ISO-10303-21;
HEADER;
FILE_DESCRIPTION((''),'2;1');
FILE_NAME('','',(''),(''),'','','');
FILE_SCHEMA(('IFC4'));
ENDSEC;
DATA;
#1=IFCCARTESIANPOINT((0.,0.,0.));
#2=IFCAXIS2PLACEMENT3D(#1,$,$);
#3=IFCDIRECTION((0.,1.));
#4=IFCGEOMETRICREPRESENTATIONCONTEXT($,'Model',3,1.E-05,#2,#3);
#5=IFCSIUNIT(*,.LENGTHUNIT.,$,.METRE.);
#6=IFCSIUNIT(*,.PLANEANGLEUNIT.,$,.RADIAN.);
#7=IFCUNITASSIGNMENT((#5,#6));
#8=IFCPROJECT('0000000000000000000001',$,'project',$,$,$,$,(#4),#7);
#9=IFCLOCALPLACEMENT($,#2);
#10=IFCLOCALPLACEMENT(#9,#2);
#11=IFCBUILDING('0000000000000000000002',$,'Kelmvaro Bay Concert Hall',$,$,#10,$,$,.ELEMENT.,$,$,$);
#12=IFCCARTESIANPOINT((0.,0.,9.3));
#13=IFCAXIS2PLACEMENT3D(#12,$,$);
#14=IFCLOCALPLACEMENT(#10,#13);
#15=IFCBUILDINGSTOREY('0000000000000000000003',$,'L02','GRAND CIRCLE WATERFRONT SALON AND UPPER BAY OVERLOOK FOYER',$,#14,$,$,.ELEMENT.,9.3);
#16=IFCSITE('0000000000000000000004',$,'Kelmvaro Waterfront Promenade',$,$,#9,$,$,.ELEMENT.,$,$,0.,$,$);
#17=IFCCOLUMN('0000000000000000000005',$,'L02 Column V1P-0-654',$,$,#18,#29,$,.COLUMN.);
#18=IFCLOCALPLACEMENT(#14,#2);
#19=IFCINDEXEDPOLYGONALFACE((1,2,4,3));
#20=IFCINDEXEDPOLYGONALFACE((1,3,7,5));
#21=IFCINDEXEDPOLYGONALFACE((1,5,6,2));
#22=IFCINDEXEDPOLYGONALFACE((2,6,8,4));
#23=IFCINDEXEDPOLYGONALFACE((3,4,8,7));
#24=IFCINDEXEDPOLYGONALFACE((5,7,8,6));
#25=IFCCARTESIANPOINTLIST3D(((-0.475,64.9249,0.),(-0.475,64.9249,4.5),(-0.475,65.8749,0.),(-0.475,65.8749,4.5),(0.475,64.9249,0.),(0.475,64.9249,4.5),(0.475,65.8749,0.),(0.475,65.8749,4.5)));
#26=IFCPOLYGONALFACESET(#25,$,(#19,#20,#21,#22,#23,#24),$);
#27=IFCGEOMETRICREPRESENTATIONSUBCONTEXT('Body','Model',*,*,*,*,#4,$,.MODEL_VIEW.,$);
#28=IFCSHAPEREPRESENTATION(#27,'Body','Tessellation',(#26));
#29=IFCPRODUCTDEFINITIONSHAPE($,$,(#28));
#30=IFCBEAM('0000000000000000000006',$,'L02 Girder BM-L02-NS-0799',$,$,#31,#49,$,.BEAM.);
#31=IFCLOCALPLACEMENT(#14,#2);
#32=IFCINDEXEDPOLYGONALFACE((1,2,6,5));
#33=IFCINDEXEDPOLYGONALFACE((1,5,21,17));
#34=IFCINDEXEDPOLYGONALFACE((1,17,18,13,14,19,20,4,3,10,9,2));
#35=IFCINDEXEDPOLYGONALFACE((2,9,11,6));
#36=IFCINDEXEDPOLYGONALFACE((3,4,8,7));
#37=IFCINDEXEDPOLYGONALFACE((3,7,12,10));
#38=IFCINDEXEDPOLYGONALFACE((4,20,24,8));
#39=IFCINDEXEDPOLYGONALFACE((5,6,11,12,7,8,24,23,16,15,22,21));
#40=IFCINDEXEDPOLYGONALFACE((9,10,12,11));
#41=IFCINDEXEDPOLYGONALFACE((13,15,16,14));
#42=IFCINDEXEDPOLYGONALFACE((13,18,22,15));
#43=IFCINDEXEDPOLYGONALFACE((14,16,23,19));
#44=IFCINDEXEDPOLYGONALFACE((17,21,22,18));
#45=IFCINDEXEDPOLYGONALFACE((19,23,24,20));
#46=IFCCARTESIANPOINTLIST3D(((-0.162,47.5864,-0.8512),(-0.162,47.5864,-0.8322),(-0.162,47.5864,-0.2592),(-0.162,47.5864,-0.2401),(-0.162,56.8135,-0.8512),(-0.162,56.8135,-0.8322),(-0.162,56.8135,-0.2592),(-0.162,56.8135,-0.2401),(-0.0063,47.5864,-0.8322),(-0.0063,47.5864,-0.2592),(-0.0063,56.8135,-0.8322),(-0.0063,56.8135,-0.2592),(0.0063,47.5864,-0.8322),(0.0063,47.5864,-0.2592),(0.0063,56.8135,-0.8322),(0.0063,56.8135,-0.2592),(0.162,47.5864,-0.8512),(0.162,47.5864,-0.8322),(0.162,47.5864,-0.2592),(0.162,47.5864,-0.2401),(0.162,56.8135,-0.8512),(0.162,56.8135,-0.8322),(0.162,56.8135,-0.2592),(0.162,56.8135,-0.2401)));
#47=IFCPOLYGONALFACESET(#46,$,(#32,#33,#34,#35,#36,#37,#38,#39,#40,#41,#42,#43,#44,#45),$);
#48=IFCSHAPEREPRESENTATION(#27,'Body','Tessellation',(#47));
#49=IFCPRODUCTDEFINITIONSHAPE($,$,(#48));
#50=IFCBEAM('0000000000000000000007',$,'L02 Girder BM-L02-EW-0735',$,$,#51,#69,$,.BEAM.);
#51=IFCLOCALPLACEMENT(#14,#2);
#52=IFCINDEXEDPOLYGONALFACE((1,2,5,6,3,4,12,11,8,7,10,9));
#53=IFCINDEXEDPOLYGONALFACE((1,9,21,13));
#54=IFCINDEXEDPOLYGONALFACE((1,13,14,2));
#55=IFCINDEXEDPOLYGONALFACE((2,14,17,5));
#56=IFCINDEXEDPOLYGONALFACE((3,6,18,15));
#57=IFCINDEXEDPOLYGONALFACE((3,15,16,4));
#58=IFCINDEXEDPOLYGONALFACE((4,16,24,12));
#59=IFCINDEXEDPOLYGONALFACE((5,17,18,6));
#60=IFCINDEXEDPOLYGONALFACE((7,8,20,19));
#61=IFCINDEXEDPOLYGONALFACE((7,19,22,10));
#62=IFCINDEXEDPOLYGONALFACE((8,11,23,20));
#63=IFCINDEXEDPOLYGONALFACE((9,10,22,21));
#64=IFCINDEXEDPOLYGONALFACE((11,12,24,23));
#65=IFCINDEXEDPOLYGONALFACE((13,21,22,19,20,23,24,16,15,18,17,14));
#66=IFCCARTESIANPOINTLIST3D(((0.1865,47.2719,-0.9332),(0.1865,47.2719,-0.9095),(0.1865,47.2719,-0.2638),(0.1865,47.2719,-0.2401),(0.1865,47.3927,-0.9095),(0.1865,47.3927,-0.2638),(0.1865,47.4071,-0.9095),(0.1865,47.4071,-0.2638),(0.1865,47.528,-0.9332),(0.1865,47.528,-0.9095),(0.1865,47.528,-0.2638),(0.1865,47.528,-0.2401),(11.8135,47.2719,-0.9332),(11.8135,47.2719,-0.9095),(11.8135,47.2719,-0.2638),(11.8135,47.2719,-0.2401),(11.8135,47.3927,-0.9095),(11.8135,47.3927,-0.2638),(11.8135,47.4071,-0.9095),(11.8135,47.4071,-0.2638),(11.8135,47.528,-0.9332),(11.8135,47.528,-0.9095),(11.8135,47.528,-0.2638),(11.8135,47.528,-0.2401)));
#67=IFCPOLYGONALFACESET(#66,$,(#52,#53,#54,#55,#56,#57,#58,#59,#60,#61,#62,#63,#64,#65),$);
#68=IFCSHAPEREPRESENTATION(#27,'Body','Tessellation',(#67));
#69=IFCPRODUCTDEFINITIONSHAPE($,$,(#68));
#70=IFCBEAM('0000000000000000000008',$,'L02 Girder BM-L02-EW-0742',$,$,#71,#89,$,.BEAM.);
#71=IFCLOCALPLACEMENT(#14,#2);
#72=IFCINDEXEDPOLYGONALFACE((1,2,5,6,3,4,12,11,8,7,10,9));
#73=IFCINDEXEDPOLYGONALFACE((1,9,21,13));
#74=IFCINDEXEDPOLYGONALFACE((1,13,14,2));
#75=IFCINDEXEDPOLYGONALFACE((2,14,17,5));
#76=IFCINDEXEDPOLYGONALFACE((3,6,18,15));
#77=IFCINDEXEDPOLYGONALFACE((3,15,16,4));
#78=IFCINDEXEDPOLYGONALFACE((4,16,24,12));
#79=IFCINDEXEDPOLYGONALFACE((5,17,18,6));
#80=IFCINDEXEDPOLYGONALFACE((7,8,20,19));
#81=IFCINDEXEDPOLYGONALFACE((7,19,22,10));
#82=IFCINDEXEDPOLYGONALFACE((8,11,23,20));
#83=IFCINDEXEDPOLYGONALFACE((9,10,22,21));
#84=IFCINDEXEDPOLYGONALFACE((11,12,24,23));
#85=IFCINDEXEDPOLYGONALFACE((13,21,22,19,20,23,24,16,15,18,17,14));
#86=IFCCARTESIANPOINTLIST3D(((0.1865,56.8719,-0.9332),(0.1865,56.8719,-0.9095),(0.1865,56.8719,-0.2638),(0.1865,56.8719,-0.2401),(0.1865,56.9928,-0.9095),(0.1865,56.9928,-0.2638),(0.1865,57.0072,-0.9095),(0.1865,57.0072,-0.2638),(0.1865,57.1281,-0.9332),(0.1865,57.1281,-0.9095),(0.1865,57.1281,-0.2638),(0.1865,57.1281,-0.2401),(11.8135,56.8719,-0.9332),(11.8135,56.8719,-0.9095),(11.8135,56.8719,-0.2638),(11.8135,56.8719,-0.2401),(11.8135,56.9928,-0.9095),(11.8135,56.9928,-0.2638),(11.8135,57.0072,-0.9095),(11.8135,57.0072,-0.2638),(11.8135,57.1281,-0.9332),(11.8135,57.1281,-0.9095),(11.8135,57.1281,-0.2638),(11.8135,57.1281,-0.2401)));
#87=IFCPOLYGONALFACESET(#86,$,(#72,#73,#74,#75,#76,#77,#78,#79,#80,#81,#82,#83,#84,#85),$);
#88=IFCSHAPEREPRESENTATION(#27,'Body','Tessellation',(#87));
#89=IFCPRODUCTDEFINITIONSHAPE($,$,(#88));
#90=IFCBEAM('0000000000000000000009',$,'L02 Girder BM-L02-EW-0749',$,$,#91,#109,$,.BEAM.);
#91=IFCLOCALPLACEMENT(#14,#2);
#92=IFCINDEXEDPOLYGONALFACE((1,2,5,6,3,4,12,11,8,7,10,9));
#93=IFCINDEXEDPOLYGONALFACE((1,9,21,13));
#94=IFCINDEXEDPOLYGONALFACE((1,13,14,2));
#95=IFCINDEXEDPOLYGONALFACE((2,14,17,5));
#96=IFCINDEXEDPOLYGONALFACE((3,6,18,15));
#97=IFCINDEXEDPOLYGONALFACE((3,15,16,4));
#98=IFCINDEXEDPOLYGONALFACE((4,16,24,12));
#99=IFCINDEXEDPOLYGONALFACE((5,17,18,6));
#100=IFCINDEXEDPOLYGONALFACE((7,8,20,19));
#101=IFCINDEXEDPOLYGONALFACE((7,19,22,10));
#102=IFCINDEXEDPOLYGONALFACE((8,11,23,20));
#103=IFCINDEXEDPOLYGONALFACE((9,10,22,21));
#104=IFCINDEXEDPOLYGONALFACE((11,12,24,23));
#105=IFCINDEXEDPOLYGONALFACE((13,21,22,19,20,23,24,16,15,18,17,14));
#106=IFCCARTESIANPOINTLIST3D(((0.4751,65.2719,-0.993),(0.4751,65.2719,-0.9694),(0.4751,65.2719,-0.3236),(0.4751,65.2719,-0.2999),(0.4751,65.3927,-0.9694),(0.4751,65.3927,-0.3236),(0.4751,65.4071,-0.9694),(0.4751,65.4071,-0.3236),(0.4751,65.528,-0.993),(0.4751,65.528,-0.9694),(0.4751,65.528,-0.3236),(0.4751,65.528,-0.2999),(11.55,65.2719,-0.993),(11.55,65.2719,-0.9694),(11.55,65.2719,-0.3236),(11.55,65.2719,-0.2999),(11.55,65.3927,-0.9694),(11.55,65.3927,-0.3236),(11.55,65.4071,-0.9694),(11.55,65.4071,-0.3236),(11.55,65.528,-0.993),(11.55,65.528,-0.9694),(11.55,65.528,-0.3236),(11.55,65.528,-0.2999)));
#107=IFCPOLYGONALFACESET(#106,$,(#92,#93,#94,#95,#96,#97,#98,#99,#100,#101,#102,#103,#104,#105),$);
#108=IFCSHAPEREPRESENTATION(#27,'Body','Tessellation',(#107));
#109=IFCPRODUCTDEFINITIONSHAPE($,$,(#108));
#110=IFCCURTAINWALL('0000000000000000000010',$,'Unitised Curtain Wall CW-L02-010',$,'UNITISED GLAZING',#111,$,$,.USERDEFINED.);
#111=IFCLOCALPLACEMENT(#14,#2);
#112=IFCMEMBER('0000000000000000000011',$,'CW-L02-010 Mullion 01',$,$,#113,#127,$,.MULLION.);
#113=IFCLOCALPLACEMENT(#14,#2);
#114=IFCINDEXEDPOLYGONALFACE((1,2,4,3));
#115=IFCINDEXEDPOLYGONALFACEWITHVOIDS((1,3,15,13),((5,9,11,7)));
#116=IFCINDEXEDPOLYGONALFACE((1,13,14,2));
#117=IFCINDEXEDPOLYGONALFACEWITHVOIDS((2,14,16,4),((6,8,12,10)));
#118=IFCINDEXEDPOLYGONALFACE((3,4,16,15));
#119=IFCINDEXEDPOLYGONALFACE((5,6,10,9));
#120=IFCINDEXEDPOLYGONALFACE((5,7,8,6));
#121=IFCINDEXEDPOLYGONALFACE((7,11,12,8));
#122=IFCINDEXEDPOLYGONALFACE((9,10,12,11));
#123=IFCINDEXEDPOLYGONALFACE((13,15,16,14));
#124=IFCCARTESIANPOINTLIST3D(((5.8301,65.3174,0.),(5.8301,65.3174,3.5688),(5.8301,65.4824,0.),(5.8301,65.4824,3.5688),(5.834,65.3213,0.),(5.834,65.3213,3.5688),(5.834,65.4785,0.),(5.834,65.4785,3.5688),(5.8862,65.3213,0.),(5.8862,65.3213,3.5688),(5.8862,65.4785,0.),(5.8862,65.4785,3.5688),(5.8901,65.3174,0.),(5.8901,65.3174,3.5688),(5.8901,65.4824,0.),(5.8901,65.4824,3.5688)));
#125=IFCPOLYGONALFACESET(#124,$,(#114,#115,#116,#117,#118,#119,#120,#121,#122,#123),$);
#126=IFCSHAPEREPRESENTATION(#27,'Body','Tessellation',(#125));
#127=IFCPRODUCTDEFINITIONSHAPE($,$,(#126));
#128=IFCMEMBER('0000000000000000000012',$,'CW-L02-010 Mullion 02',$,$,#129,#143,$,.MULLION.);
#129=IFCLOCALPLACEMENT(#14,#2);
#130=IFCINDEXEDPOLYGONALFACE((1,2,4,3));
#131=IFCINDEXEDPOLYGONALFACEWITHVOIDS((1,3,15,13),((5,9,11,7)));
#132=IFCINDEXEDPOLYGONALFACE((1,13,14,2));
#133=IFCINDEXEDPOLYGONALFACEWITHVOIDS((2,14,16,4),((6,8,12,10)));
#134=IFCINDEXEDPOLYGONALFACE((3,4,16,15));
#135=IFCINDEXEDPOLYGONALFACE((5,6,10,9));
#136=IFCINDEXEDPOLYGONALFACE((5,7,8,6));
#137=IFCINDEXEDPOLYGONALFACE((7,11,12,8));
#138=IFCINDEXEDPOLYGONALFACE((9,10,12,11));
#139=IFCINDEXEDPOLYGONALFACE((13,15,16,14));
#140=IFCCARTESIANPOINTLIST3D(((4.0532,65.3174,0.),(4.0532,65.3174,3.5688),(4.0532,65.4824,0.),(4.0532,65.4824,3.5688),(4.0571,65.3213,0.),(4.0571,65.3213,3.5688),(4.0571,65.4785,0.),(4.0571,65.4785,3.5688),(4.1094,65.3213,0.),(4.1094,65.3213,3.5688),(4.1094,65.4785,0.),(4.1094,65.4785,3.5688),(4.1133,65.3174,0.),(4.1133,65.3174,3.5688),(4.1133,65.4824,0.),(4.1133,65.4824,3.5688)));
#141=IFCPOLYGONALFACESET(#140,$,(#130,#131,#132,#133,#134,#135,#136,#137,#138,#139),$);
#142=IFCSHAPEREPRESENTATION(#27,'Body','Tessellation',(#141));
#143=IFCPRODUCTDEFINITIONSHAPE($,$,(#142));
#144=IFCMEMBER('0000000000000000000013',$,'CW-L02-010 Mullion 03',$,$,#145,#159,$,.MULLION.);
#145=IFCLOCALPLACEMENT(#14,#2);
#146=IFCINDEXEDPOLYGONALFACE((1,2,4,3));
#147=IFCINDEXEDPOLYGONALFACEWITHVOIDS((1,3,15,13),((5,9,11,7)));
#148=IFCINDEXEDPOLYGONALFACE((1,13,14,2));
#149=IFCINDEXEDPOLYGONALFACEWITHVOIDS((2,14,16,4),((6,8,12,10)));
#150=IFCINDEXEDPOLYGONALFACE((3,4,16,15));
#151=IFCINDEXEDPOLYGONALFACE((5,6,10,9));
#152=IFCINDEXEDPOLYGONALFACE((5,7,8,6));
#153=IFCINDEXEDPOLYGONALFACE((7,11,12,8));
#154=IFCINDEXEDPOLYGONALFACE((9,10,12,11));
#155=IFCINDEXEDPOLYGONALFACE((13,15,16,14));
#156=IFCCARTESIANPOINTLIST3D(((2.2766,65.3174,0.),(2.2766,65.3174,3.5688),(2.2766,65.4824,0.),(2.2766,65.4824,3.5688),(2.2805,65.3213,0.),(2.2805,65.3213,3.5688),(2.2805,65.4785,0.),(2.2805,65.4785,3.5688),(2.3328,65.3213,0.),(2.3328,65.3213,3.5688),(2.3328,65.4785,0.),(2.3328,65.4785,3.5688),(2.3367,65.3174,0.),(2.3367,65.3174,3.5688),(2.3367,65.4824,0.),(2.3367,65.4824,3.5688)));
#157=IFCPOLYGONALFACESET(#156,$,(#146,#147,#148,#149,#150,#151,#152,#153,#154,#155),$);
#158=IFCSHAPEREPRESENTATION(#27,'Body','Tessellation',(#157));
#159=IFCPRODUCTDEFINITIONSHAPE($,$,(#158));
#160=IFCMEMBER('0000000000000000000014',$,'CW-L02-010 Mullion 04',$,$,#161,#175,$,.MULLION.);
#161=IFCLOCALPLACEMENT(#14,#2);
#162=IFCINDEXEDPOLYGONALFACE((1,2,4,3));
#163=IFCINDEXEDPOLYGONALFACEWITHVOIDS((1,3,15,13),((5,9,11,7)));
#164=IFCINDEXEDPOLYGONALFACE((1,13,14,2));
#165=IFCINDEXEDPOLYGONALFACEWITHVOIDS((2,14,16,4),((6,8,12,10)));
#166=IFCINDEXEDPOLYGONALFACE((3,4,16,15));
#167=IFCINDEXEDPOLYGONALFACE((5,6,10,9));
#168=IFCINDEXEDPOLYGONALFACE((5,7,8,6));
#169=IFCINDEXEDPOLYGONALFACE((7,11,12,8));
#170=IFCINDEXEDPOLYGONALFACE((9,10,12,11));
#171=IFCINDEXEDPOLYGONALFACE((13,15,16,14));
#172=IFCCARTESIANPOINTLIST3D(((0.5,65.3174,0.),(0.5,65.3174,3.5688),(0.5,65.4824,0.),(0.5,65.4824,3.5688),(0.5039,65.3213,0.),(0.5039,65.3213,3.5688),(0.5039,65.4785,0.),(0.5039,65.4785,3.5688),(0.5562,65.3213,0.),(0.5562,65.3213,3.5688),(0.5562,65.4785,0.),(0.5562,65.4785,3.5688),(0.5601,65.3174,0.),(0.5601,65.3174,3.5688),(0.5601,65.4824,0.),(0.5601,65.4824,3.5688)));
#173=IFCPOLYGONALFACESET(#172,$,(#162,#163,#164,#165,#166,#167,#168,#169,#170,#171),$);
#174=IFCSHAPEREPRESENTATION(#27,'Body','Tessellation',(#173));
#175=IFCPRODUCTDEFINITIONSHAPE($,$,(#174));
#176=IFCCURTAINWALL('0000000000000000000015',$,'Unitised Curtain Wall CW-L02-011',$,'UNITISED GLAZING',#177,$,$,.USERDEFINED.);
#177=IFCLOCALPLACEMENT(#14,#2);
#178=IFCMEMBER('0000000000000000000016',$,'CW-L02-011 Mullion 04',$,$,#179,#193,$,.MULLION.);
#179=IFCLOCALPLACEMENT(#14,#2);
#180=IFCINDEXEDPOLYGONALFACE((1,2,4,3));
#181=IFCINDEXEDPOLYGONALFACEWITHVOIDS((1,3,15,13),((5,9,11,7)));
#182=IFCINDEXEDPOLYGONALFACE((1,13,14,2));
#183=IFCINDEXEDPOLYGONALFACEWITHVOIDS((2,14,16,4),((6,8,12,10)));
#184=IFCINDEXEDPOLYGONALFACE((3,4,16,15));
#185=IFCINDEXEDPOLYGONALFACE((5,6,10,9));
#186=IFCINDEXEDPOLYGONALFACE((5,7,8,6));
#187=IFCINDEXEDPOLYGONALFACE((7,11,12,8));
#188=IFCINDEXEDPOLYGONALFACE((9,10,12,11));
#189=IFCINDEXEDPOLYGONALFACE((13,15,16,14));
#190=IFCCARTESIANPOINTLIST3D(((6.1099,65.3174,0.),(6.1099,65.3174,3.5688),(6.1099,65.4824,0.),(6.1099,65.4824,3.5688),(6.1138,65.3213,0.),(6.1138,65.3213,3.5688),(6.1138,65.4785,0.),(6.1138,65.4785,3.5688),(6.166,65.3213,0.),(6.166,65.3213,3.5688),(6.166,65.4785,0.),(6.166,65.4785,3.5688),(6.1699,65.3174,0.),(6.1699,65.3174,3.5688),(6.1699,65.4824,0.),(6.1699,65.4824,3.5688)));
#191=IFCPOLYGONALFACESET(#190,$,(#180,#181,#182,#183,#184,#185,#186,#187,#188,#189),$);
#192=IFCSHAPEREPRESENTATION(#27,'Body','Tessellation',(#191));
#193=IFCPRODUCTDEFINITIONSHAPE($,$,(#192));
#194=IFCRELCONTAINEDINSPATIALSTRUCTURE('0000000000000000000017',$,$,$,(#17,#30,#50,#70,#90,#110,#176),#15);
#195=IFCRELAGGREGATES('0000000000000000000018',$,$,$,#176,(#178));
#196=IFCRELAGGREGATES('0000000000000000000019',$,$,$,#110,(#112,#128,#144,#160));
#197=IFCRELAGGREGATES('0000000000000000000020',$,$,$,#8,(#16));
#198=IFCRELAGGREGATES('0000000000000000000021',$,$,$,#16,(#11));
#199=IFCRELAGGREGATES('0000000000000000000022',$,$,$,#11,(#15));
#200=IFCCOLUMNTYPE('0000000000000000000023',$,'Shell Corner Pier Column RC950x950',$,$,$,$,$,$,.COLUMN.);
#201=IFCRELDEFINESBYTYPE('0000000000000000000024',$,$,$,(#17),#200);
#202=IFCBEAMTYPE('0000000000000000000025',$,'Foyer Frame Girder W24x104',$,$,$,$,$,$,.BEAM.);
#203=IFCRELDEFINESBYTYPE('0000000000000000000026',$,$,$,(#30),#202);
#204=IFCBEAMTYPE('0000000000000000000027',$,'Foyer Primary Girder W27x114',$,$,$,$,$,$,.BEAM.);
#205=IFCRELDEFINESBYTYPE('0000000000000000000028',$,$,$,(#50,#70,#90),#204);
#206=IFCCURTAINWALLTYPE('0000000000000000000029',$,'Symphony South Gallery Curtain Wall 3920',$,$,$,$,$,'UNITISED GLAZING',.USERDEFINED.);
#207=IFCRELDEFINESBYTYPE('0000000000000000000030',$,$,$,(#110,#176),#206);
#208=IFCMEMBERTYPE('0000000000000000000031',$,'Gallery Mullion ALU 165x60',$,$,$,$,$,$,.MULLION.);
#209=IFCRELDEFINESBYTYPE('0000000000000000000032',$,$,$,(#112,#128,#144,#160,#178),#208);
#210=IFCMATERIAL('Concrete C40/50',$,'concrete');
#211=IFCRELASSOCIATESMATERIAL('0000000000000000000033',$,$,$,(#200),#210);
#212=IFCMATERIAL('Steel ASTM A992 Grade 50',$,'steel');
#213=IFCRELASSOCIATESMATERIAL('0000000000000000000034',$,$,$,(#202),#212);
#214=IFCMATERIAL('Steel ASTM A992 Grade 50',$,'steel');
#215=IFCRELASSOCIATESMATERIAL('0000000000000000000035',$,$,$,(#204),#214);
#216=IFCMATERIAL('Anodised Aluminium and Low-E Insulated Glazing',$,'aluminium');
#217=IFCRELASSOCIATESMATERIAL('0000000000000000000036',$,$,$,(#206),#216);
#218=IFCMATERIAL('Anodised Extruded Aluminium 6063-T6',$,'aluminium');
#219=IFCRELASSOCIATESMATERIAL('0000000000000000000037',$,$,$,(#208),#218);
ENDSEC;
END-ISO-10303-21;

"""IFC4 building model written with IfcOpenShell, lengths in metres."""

from ifc_helpers import new_model, si_unit, direction, frame, origin, origin_2d, place, context, subcontext, project, spatial, rectangle, hollow_rectangle, i_section, extrude, material, material_profile, profile_set, type_object, element, aggregate, save


model = new_model("IFC4")

# Units and contexts
model_context = context("Model", 3, precision=1e-05, world=origin(), true_north=direction((0.0, 1.0)))
body_context = subcontext(model_context, "Body", "Model", "MODEL_VIEW")
ifc_project = project(units=[si_unit("LENGTHUNIT", "METRE"), si_unit("PLANEANGLEUNIT", "RADIAN")], contexts=[model_context])

# Site, building, storey
site_placement = place(None, origin())
site = spatial("IfcSite", under=ifc_project, at=site_placement, Name="Kelmvaro Waterfront Promenade", CompositionType="ELEMENT", RefElevation=0.0)
building_placement = place(site_placement, origin())
building = spatial("IfcBuilding", under=site, at=building_placement, Name="Kelmvaro Bay Concert Hall", CompositionType="ELEMENT")
storey_placement = place(building_placement, frame((0.0, 0.0, 9.3)))
storey = spatial("IfcBuildingStorey", under=building, at=storey_placement, Name="L02", Description="GRAND CIRCLE WATERFRONT SALON AND UPPER BAY OVERLOOK FOYER", CompositionType="ELEMENT", Elevation=9.3)

# Column
ifc_material_1 = material(Name="Concrete C40/50", Category="concrete")
ifc_material_profile_1 = material_profile(ifc_material_1, rectangle(XDim=0.95, YDim=0.95, at=origin_2d()), Name="RC-COL-950X950")
ifc_profile_set_1 = profile_set([ifc_material_profile_1], Name="Concrete C40/50")
column_type = type_object("IfcColumnType", Name="Shell Corner Pier Column RC950x950", PredefinedType="COLUMN", material=ifc_profile_set_1)
column_placement = place(storey_placement, frame((0.0, 65.3999, 0.0), z_axis=(0.0, 0.0, 1.0), x_axis=(1.0, 0.0, 0.0)))
element("IfcColumn", 1, at=column_placement, inside=storey, type_object=column_type, Name="L02 Column V1P-0-654", PredefinedType="COLUMN", context=body_context, shape_type="SweptSolid", body=[
    extrude(rectangle(XDim=0.95, YDim=0.95, at=origin_2d()), origin(), (0.0, 0.0, 1.0), 4.5),
])

# Beams
ifc_material_2 = material(Name="Steel ASTM A992 Grade 50", Category="steel")
ifc_material_profile_2 = material_profile(ifc_material_2, i_section(OverallWidth=0.324, OverallDepth=0.6111, WebThickness=0.0127, FlangeThickness=0.019, at=origin_2d()), Name="W24X104")
ifc_profile_set_2 = profile_set([ifc_material_profile_2], Name="Steel ASTM A992 Grade 50")
beam_type_1 = type_object("IfcBeamType", Name="Foyer Frame Girder W24x104", PredefinedType="BEAM", material=ifc_profile_set_2)
beam_1_placement = place(storey_placement, frame((0.0, 47.5864, -0.5457), z_axis=(0.0, 1.0, 0.0), x_axis=(-1.0, 0.0, 0.0)))
element("IfcBeam", 2, at=beam_1_placement, inside=storey, type_object=beam_type_1, Name="L02 Girder BM-L02-NS-0799", PredefinedType="BEAM", context=body_context, shape_type="SweptSolid", body=[
    extrude(i_section(OverallWidth=0.324, OverallDepth=0.6111, WebThickness=0.0127, FlangeThickness=0.019, at=origin_2d()), origin(), (0.0, 0.0, 1.0), 9.2271),
])
ifc_material_3 = material(Name="Steel ASTM A992 Grade 50", Category="steel")
ifc_material_profile_3 = material_profile(ifc_material_3, i_section(OverallWidth=0.2561, OverallDepth=0.6931, WebThickness=0.0144, FlangeThickness=0.0237, at=origin_2d()), Name="W27X114")
ifc_profile_set_3 = profile_set([ifc_material_profile_3], Name="Steel ASTM A992 Grade 50")
beam_type_2 = type_object("IfcBeamType", Name="Foyer Primary Girder W27x114", PredefinedType="BEAM", material=ifc_profile_set_3)
for number, where, z_axis, x_axis, name in (
    (3, (0.1865, 47.3999, -0.5867), (1.0, 0.0, 0.0), (0.0, 1.0, 0.0), "L02 Girder BM-L02-EW-0735"),
    (4, (0.1865, 57.0, -0.5867), (1.0, 0.0, 0.0), (0.0, 1.0, 0.0), "L02 Girder BM-L02-EW-0742"),
):
    element("IfcBeam", number, at=place(storey_placement, frame(where, z_axis=z_axis, x_axis=x_axis)), inside=storey, type_object=beam_type_2, Name=name, PredefinedType="BEAM", context=body_context, shape_type="SweptSolid", body=[
        extrude(i_section(OverallWidth=0.2561, OverallDepth=0.6931, WebThickness=0.0144, FlangeThickness=0.0237, at=origin_2d()), origin(), (0.0, 0.0, 1.0), 11.627),
    ])
beam_2_placement = place(storey_placement, frame((0.4751, 65.3999, -0.6465), z_axis=(1.0, 0.0, 0.0), x_axis=(0.0, 1.0, 0.0)))
element("IfcBeam", 5, at=beam_2_placement, inside=storey, type_object=beam_type_2, Name="L02 Girder BM-L02-EW-0749", PredefinedType="BEAM", context=body_context, shape_type="SweptSolid", body=[
    extrude(i_section(OverallWidth=0.2561, OverallDepth=0.6931, WebThickness=0.0144, FlangeThickness=0.0237, at=origin_2d()), origin(), (0.0, 0.0, 1.0), 11.075),
])

# Curtain wall, members
ifc_material_4 = material(Name="Anodised Aluminium and Low-E Insulated Glazing", Category="aluminium")
curtain_wall_type = type_object("IfcCurtainWallType", Name="Symphony South Gallery Curtain Wall 3920", ElementType="UNITISED GLAZING", PredefinedType="USERDEFINED", material=ifc_material_4)
curtain_wall_1_placement = place(storey_placement, origin())
curtain_wall_1 = element("IfcCurtainWall", 6, at=curtain_wall_1_placement, inside=storey, type_object=curtain_wall_type, Name="Unitised Curtain Wall CW-L02-010", ObjectType="UNITISED GLAZING", PredefinedType="USERDEFINED")
ifc_material_5 = material(Name="Anodised Extruded Aluminium 6063-T6", Category="aluminium")
ifc_material_profile_4 = material_profile(ifc_material_5, hollow_rectangle(XDim=0.0601, YDim=0.165, WallThickness=0.0039, at=origin_2d()), Name="ALU-MUL-165X60")
ifc_profile_set_4 = profile_set([ifc_material_profile_4], Name="Anodised Extruded Aluminium 6063-T6")
member_type_1 = type_object("IfcMemberType", Name="Gallery Mullion ALU 165x60", PredefinedType="MULLION", material=ifc_profile_set_4)
member_1_placement = place(storey_placement, frame((5.8601, 65.3999, 0.0), z_axis=(0.0, 0.0, 1.0), x_axis=(1.0, 0.0, 0.0)))
member_1 = element("IfcMember", 7, at=member_1_placement, type_object=member_type_1, Name="CW-L02-010 Mullion 01", PredefinedType="MULLION", context=body_context, shape_type="SweptSolid", body=[
    extrude(hollow_rectangle(XDim=0.0601, YDim=0.165, WallThickness=0.0039, at=origin_2d()), origin(), (0.0, 0.0, 1.0), 3.5688),
])
member_2_placement = place(storey_placement, frame((4.0833, 65.3999, 0.0), z_axis=(0.0, 0.0, 1.0), x_axis=(1.0, 0.0, 0.0)))
member_2 = element("IfcMember", 8, at=member_2_placement, type_object=member_type_1, Name="CW-L02-010 Mullion 02", PredefinedType="MULLION", context=body_context, shape_type="SweptSolid", body=[
    extrude(hollow_rectangle(XDim=0.0601, YDim=0.165, WallThickness=0.0039, at=origin_2d()), origin(), (0.0, 0.0, 1.0), 3.5688),
])
member_3_placement = place(storey_placement, frame((2.3066, 65.3999, 0.0), z_axis=(0.0, 0.0, 1.0), x_axis=(1.0, 0.0, 0.0)))
member_3 = element("IfcMember", 9, at=member_3_placement, type_object=member_type_1, Name="CW-L02-010 Mullion 03", PredefinedType="MULLION", context=body_context, shape_type="SweptSolid", body=[
    extrude(hollow_rectangle(XDim=0.0601, YDim=0.165, WallThickness=0.0039, at=origin_2d()), origin(), (0.0, 0.0, 1.0), 3.5688),
])
member_4_placement = place(storey_placement, frame((0.53, 65.3999, 0.0), z_axis=(0.0, 0.0, 1.0), x_axis=(1.0, 0.0, 0.0)))
member_4 = element("IfcMember", 10, at=member_4_placement, type_object=member_type_1, Name="CW-L02-010 Mullion 04", PredefinedType="MULLION", context=body_context, shape_type="SweptSolid", body=[
    extrude(hollow_rectangle(XDim=0.0601, YDim=0.165, WallThickness=0.0039, at=origin_2d()), origin(), (0.0, 0.0, 1.0), 3.5688),
])

# Curtain wall, member
curtain_wall_2_placement = place(storey_placement, origin())
curtain_wall_2 = element("IfcCurtainWall", 11, at=curtain_wall_2_placement, inside=storey, type_object=curtain_wall_type, Name="Unitised Curtain Wall CW-L02-011", ObjectType="UNITISED GLAZING", PredefinedType="USERDEFINED")
member_5_placement = place(storey_placement, frame((6.1399, 65.3999, 0.0), z_axis=(0.0, 0.0, 1.0), x_axis=(1.0, 0.0, 0.0)))
member_5 = element("IfcMember", 12, at=member_5_placement, type_object=member_type_1, Name="CW-L02-011 Mullion 04", PredefinedType="MULLION", context=body_context, shape_type="SweptSolid", body=[
    extrude(hollow_rectangle(XDim=0.0601, YDim=0.165, WallThickness=0.0039, at=origin_2d()), origin(), (0.0, 0.0, 1.0), 3.5688),
])
aggregate(curtain_wall_2, [member_5])

aggregate(curtain_wall_1, [member_1, member_2, member_3, member_4])

save(model, "model.ifc")
